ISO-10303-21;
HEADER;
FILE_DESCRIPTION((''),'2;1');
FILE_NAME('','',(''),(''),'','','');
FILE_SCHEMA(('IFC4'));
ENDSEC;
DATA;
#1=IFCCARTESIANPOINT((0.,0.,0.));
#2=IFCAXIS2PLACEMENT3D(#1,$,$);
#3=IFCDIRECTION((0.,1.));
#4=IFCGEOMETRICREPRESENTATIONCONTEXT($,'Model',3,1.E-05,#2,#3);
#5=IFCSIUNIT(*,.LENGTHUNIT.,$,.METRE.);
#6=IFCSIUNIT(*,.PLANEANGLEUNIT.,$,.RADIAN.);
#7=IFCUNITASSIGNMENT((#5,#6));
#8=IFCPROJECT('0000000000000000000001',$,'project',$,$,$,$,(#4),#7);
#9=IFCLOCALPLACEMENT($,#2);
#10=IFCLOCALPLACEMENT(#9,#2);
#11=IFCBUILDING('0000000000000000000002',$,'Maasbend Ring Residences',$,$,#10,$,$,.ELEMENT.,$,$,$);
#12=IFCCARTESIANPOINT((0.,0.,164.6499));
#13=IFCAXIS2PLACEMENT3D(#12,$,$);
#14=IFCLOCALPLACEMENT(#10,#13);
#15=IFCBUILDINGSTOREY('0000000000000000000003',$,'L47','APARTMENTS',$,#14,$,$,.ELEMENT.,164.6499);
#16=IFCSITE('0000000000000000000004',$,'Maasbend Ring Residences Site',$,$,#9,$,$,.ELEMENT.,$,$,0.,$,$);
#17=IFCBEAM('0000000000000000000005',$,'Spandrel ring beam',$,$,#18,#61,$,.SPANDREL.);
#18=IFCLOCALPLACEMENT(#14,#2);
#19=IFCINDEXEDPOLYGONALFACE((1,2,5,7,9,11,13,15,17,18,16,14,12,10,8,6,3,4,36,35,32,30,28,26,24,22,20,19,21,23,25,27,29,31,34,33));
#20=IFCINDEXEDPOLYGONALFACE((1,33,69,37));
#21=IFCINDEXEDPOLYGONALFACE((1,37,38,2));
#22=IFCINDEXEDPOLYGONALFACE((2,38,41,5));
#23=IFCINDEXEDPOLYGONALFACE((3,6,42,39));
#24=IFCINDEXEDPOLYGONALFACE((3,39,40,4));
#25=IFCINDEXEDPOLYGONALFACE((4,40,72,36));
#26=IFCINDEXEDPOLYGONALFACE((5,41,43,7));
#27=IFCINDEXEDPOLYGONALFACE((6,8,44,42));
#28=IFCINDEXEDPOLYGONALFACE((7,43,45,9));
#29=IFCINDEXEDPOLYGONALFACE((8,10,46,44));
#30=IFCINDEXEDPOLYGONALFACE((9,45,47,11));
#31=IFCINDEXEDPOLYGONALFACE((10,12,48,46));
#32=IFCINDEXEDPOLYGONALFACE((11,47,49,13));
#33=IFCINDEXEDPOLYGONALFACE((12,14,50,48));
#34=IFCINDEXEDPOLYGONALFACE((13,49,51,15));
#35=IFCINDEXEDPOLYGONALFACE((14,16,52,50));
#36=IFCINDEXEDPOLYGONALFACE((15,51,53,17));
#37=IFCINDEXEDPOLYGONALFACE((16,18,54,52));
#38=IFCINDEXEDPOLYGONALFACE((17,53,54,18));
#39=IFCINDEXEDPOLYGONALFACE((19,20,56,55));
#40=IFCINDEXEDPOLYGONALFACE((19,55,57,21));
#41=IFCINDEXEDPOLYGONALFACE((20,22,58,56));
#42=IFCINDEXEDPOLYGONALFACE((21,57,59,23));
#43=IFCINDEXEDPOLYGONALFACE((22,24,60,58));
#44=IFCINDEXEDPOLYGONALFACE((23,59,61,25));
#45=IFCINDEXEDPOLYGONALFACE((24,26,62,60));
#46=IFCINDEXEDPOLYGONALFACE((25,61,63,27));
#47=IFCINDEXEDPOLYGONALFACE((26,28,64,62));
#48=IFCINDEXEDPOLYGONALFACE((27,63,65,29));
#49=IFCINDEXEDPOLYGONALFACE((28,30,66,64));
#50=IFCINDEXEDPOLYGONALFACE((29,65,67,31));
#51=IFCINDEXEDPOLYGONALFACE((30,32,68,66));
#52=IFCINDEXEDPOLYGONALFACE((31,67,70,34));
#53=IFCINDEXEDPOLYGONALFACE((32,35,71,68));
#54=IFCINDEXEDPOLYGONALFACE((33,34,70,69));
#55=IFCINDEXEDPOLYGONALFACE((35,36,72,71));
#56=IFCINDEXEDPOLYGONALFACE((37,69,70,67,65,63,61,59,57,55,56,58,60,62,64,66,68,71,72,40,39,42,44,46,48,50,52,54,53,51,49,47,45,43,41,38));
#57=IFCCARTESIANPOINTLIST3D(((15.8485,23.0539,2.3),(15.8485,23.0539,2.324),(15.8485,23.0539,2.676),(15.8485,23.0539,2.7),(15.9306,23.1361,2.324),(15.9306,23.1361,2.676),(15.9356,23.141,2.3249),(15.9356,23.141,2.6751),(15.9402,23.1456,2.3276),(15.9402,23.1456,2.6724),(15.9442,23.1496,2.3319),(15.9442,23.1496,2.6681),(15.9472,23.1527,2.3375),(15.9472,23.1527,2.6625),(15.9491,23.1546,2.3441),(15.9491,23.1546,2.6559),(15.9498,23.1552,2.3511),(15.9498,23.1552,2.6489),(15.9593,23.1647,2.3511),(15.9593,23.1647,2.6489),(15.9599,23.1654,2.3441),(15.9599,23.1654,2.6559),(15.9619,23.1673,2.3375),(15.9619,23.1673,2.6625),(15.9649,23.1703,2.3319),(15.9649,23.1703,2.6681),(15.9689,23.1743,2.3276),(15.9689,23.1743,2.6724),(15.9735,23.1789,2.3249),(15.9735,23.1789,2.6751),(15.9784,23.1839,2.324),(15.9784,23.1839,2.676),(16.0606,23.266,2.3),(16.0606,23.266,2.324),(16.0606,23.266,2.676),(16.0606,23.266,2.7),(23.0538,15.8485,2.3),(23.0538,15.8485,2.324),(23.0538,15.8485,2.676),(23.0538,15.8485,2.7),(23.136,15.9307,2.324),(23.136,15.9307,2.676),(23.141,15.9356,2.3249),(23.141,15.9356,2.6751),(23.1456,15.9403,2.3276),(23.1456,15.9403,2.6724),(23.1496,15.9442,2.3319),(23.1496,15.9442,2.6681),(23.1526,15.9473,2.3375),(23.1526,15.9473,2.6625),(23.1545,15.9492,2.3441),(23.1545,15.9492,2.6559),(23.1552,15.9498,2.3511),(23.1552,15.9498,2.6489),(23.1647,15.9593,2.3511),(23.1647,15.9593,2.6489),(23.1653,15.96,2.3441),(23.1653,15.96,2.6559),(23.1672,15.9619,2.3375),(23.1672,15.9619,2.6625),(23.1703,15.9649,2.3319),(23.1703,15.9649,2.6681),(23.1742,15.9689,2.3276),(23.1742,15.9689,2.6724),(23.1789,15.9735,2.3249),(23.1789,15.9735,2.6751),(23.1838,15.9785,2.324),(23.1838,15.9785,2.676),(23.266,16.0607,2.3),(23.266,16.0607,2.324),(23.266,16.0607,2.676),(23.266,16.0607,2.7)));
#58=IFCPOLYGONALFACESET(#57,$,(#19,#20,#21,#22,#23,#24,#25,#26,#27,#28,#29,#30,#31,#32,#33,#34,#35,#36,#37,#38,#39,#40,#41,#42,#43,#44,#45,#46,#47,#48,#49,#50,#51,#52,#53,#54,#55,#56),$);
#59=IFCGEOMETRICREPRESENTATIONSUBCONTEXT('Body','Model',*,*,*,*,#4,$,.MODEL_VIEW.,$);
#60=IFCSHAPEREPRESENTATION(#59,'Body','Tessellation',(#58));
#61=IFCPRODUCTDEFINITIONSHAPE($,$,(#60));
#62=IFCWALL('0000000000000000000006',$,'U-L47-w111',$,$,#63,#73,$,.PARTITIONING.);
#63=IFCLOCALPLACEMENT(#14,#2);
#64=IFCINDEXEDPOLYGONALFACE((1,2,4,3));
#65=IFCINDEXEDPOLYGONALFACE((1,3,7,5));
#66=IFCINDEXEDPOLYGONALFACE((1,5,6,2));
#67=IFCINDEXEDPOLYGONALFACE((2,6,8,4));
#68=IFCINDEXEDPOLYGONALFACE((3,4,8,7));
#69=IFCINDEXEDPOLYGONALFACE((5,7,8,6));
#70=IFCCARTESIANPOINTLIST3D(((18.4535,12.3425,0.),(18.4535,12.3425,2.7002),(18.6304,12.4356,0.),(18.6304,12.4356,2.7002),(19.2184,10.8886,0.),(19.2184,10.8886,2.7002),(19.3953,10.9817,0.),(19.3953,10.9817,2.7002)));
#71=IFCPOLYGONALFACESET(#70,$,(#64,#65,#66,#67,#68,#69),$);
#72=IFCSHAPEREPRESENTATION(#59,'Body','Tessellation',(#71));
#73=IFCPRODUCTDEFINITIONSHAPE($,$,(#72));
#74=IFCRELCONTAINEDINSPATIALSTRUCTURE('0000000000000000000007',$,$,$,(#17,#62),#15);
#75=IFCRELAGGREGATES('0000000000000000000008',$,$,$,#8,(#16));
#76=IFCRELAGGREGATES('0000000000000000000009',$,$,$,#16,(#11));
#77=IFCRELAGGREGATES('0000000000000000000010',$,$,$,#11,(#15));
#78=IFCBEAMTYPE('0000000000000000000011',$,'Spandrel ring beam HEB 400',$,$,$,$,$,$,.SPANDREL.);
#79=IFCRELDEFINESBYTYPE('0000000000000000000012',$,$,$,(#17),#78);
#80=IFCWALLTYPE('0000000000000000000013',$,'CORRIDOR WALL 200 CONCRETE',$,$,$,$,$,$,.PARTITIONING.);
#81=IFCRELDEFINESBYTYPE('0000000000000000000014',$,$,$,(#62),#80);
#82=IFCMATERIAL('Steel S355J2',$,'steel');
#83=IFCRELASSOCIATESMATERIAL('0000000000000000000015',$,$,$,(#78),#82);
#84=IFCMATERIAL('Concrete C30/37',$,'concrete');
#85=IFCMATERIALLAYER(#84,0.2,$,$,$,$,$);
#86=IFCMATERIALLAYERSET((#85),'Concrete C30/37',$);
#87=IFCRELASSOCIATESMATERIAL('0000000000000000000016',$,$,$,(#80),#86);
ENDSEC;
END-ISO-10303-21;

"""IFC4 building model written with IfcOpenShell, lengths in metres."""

from ifc_helpers import new_model, si_unit, direction, frame, frame_2d, origin, origin_2d, place, context, subcontext, project, spatial, rectangle, i_section, extrude, material, layer, layer_set, material_profile, profile_set, type_object, element, save


model = new_model("IFC4")

# Units and contexts
model_context = context("Model", 3, precision=1e-05, world=origin(), true_north=direction((0.0, 1.0)))
body_context = subcontext(model_context, "Body", "Model", "MODEL_VIEW")
ifc_project = project(units=[si_unit("LENGTHUNIT", "METRE"), si_unit("PLANEANGLEUNIT", "RADIAN")], contexts=[model_context])

# Site, building, storey
site_placement = place(None, origin())
site = spatial("IfcSite", under=ifc_project, at=site_placement, Name="Maasbend Ring Residences Site", CompositionType="ELEMENT", RefElevation=0.0)
building_placement = place(site_placement, origin())
building = spatial("IfcBuilding", under=site, at=building_placement, Name="Maasbend Ring Residences", CompositionType="ELEMENT")
storey_placement = place(building_placement, frame((0.0, 0.0, 164.6499)))
storey = spatial("IfcBuildingStorey", under=building, at=storey_placement, Name="L47", Description="APARTMENTS", CompositionType="ELEMENT", Elevation=164.6499)

# Beam
ifc_material_1 = material(Name="Steel S355J2", Category="steel")
ifc_material_profile_1 = material_profile(ifc_material_1, i_section(OverallWidth=0.3, OverallDepth=0.3999, WebThickness=0.0134, FlangeThickness=0.0239, FilletRadius=0.0271, at=origin_2d()), Name="HEB 400")
ifc_profile_set_1 = profile_set([ifc_material_profile_1], Name="Steel S355J2")
beam_type_1 = type_object("IfcBeamType", Name="Spandrel ring beam HEB 400", PredefinedType="SPANDREL", material=ifc_profile_set_1)
beam_1_placement = place(storey_placement, frame((23.1599, 15.9546, 2.5), z_axis=(-0.707107, 0.707107, 0.0), x_axis=(-0.707107, -0.707107, 0.0)))
element("IfcBeam", 1, at=beam_1_placement, inside=storey, type_object=beam_type_1, Name="Spandrel ring beam", PredefinedType="SPANDREL", context=body_context, shape_type="SweptSolid", body=[
    extrude(i_section(OverallWidth=0.3, OverallDepth=0.3999, WebThickness=0.0134, FlangeThickness=0.0239, FilletRadius=0.0271, at=origin_2d()), origin(), (0.0, 0.0, 1.0), 10.1899),
])

# Wall
ifc_material_2 = material(Name="Concrete C30/37", Category="concrete")
ifc_layer_1 = layer(ifc_material_2, 0.2)
ifc_layer_set_1 = layer_set([ifc_layer_1], Name="Concrete C30/37")
wall_type_1 = type_object("IfcWallType", Name="CORRIDOR WALL 200 CONCRETE", PredefinedType="PARTITIONING", material=ifc_layer_set_1)
wall_1_placement = place(storey_placement, frame((18.542, 12.3889, 0.0), z_axis=(0.0, 0.0, 1.0), x_axis=(0.465606, -0.884992, 0.0)))
element("IfcWall", 2, at=wall_1_placement, inside=storey, type_object=wall_type_1, Name="U-L47-w111", PredefinedType="PARTITIONING", context=body_context, shape_type="SweptSolid", body=[
    extrude(rectangle(XDim=1.6428, YDim=0.2, at=frame_2d((0.8213, 0.0))), origin(), (0.0, 0.0, 1.0), 2.7002),
])

save(model, "model.ifc")
